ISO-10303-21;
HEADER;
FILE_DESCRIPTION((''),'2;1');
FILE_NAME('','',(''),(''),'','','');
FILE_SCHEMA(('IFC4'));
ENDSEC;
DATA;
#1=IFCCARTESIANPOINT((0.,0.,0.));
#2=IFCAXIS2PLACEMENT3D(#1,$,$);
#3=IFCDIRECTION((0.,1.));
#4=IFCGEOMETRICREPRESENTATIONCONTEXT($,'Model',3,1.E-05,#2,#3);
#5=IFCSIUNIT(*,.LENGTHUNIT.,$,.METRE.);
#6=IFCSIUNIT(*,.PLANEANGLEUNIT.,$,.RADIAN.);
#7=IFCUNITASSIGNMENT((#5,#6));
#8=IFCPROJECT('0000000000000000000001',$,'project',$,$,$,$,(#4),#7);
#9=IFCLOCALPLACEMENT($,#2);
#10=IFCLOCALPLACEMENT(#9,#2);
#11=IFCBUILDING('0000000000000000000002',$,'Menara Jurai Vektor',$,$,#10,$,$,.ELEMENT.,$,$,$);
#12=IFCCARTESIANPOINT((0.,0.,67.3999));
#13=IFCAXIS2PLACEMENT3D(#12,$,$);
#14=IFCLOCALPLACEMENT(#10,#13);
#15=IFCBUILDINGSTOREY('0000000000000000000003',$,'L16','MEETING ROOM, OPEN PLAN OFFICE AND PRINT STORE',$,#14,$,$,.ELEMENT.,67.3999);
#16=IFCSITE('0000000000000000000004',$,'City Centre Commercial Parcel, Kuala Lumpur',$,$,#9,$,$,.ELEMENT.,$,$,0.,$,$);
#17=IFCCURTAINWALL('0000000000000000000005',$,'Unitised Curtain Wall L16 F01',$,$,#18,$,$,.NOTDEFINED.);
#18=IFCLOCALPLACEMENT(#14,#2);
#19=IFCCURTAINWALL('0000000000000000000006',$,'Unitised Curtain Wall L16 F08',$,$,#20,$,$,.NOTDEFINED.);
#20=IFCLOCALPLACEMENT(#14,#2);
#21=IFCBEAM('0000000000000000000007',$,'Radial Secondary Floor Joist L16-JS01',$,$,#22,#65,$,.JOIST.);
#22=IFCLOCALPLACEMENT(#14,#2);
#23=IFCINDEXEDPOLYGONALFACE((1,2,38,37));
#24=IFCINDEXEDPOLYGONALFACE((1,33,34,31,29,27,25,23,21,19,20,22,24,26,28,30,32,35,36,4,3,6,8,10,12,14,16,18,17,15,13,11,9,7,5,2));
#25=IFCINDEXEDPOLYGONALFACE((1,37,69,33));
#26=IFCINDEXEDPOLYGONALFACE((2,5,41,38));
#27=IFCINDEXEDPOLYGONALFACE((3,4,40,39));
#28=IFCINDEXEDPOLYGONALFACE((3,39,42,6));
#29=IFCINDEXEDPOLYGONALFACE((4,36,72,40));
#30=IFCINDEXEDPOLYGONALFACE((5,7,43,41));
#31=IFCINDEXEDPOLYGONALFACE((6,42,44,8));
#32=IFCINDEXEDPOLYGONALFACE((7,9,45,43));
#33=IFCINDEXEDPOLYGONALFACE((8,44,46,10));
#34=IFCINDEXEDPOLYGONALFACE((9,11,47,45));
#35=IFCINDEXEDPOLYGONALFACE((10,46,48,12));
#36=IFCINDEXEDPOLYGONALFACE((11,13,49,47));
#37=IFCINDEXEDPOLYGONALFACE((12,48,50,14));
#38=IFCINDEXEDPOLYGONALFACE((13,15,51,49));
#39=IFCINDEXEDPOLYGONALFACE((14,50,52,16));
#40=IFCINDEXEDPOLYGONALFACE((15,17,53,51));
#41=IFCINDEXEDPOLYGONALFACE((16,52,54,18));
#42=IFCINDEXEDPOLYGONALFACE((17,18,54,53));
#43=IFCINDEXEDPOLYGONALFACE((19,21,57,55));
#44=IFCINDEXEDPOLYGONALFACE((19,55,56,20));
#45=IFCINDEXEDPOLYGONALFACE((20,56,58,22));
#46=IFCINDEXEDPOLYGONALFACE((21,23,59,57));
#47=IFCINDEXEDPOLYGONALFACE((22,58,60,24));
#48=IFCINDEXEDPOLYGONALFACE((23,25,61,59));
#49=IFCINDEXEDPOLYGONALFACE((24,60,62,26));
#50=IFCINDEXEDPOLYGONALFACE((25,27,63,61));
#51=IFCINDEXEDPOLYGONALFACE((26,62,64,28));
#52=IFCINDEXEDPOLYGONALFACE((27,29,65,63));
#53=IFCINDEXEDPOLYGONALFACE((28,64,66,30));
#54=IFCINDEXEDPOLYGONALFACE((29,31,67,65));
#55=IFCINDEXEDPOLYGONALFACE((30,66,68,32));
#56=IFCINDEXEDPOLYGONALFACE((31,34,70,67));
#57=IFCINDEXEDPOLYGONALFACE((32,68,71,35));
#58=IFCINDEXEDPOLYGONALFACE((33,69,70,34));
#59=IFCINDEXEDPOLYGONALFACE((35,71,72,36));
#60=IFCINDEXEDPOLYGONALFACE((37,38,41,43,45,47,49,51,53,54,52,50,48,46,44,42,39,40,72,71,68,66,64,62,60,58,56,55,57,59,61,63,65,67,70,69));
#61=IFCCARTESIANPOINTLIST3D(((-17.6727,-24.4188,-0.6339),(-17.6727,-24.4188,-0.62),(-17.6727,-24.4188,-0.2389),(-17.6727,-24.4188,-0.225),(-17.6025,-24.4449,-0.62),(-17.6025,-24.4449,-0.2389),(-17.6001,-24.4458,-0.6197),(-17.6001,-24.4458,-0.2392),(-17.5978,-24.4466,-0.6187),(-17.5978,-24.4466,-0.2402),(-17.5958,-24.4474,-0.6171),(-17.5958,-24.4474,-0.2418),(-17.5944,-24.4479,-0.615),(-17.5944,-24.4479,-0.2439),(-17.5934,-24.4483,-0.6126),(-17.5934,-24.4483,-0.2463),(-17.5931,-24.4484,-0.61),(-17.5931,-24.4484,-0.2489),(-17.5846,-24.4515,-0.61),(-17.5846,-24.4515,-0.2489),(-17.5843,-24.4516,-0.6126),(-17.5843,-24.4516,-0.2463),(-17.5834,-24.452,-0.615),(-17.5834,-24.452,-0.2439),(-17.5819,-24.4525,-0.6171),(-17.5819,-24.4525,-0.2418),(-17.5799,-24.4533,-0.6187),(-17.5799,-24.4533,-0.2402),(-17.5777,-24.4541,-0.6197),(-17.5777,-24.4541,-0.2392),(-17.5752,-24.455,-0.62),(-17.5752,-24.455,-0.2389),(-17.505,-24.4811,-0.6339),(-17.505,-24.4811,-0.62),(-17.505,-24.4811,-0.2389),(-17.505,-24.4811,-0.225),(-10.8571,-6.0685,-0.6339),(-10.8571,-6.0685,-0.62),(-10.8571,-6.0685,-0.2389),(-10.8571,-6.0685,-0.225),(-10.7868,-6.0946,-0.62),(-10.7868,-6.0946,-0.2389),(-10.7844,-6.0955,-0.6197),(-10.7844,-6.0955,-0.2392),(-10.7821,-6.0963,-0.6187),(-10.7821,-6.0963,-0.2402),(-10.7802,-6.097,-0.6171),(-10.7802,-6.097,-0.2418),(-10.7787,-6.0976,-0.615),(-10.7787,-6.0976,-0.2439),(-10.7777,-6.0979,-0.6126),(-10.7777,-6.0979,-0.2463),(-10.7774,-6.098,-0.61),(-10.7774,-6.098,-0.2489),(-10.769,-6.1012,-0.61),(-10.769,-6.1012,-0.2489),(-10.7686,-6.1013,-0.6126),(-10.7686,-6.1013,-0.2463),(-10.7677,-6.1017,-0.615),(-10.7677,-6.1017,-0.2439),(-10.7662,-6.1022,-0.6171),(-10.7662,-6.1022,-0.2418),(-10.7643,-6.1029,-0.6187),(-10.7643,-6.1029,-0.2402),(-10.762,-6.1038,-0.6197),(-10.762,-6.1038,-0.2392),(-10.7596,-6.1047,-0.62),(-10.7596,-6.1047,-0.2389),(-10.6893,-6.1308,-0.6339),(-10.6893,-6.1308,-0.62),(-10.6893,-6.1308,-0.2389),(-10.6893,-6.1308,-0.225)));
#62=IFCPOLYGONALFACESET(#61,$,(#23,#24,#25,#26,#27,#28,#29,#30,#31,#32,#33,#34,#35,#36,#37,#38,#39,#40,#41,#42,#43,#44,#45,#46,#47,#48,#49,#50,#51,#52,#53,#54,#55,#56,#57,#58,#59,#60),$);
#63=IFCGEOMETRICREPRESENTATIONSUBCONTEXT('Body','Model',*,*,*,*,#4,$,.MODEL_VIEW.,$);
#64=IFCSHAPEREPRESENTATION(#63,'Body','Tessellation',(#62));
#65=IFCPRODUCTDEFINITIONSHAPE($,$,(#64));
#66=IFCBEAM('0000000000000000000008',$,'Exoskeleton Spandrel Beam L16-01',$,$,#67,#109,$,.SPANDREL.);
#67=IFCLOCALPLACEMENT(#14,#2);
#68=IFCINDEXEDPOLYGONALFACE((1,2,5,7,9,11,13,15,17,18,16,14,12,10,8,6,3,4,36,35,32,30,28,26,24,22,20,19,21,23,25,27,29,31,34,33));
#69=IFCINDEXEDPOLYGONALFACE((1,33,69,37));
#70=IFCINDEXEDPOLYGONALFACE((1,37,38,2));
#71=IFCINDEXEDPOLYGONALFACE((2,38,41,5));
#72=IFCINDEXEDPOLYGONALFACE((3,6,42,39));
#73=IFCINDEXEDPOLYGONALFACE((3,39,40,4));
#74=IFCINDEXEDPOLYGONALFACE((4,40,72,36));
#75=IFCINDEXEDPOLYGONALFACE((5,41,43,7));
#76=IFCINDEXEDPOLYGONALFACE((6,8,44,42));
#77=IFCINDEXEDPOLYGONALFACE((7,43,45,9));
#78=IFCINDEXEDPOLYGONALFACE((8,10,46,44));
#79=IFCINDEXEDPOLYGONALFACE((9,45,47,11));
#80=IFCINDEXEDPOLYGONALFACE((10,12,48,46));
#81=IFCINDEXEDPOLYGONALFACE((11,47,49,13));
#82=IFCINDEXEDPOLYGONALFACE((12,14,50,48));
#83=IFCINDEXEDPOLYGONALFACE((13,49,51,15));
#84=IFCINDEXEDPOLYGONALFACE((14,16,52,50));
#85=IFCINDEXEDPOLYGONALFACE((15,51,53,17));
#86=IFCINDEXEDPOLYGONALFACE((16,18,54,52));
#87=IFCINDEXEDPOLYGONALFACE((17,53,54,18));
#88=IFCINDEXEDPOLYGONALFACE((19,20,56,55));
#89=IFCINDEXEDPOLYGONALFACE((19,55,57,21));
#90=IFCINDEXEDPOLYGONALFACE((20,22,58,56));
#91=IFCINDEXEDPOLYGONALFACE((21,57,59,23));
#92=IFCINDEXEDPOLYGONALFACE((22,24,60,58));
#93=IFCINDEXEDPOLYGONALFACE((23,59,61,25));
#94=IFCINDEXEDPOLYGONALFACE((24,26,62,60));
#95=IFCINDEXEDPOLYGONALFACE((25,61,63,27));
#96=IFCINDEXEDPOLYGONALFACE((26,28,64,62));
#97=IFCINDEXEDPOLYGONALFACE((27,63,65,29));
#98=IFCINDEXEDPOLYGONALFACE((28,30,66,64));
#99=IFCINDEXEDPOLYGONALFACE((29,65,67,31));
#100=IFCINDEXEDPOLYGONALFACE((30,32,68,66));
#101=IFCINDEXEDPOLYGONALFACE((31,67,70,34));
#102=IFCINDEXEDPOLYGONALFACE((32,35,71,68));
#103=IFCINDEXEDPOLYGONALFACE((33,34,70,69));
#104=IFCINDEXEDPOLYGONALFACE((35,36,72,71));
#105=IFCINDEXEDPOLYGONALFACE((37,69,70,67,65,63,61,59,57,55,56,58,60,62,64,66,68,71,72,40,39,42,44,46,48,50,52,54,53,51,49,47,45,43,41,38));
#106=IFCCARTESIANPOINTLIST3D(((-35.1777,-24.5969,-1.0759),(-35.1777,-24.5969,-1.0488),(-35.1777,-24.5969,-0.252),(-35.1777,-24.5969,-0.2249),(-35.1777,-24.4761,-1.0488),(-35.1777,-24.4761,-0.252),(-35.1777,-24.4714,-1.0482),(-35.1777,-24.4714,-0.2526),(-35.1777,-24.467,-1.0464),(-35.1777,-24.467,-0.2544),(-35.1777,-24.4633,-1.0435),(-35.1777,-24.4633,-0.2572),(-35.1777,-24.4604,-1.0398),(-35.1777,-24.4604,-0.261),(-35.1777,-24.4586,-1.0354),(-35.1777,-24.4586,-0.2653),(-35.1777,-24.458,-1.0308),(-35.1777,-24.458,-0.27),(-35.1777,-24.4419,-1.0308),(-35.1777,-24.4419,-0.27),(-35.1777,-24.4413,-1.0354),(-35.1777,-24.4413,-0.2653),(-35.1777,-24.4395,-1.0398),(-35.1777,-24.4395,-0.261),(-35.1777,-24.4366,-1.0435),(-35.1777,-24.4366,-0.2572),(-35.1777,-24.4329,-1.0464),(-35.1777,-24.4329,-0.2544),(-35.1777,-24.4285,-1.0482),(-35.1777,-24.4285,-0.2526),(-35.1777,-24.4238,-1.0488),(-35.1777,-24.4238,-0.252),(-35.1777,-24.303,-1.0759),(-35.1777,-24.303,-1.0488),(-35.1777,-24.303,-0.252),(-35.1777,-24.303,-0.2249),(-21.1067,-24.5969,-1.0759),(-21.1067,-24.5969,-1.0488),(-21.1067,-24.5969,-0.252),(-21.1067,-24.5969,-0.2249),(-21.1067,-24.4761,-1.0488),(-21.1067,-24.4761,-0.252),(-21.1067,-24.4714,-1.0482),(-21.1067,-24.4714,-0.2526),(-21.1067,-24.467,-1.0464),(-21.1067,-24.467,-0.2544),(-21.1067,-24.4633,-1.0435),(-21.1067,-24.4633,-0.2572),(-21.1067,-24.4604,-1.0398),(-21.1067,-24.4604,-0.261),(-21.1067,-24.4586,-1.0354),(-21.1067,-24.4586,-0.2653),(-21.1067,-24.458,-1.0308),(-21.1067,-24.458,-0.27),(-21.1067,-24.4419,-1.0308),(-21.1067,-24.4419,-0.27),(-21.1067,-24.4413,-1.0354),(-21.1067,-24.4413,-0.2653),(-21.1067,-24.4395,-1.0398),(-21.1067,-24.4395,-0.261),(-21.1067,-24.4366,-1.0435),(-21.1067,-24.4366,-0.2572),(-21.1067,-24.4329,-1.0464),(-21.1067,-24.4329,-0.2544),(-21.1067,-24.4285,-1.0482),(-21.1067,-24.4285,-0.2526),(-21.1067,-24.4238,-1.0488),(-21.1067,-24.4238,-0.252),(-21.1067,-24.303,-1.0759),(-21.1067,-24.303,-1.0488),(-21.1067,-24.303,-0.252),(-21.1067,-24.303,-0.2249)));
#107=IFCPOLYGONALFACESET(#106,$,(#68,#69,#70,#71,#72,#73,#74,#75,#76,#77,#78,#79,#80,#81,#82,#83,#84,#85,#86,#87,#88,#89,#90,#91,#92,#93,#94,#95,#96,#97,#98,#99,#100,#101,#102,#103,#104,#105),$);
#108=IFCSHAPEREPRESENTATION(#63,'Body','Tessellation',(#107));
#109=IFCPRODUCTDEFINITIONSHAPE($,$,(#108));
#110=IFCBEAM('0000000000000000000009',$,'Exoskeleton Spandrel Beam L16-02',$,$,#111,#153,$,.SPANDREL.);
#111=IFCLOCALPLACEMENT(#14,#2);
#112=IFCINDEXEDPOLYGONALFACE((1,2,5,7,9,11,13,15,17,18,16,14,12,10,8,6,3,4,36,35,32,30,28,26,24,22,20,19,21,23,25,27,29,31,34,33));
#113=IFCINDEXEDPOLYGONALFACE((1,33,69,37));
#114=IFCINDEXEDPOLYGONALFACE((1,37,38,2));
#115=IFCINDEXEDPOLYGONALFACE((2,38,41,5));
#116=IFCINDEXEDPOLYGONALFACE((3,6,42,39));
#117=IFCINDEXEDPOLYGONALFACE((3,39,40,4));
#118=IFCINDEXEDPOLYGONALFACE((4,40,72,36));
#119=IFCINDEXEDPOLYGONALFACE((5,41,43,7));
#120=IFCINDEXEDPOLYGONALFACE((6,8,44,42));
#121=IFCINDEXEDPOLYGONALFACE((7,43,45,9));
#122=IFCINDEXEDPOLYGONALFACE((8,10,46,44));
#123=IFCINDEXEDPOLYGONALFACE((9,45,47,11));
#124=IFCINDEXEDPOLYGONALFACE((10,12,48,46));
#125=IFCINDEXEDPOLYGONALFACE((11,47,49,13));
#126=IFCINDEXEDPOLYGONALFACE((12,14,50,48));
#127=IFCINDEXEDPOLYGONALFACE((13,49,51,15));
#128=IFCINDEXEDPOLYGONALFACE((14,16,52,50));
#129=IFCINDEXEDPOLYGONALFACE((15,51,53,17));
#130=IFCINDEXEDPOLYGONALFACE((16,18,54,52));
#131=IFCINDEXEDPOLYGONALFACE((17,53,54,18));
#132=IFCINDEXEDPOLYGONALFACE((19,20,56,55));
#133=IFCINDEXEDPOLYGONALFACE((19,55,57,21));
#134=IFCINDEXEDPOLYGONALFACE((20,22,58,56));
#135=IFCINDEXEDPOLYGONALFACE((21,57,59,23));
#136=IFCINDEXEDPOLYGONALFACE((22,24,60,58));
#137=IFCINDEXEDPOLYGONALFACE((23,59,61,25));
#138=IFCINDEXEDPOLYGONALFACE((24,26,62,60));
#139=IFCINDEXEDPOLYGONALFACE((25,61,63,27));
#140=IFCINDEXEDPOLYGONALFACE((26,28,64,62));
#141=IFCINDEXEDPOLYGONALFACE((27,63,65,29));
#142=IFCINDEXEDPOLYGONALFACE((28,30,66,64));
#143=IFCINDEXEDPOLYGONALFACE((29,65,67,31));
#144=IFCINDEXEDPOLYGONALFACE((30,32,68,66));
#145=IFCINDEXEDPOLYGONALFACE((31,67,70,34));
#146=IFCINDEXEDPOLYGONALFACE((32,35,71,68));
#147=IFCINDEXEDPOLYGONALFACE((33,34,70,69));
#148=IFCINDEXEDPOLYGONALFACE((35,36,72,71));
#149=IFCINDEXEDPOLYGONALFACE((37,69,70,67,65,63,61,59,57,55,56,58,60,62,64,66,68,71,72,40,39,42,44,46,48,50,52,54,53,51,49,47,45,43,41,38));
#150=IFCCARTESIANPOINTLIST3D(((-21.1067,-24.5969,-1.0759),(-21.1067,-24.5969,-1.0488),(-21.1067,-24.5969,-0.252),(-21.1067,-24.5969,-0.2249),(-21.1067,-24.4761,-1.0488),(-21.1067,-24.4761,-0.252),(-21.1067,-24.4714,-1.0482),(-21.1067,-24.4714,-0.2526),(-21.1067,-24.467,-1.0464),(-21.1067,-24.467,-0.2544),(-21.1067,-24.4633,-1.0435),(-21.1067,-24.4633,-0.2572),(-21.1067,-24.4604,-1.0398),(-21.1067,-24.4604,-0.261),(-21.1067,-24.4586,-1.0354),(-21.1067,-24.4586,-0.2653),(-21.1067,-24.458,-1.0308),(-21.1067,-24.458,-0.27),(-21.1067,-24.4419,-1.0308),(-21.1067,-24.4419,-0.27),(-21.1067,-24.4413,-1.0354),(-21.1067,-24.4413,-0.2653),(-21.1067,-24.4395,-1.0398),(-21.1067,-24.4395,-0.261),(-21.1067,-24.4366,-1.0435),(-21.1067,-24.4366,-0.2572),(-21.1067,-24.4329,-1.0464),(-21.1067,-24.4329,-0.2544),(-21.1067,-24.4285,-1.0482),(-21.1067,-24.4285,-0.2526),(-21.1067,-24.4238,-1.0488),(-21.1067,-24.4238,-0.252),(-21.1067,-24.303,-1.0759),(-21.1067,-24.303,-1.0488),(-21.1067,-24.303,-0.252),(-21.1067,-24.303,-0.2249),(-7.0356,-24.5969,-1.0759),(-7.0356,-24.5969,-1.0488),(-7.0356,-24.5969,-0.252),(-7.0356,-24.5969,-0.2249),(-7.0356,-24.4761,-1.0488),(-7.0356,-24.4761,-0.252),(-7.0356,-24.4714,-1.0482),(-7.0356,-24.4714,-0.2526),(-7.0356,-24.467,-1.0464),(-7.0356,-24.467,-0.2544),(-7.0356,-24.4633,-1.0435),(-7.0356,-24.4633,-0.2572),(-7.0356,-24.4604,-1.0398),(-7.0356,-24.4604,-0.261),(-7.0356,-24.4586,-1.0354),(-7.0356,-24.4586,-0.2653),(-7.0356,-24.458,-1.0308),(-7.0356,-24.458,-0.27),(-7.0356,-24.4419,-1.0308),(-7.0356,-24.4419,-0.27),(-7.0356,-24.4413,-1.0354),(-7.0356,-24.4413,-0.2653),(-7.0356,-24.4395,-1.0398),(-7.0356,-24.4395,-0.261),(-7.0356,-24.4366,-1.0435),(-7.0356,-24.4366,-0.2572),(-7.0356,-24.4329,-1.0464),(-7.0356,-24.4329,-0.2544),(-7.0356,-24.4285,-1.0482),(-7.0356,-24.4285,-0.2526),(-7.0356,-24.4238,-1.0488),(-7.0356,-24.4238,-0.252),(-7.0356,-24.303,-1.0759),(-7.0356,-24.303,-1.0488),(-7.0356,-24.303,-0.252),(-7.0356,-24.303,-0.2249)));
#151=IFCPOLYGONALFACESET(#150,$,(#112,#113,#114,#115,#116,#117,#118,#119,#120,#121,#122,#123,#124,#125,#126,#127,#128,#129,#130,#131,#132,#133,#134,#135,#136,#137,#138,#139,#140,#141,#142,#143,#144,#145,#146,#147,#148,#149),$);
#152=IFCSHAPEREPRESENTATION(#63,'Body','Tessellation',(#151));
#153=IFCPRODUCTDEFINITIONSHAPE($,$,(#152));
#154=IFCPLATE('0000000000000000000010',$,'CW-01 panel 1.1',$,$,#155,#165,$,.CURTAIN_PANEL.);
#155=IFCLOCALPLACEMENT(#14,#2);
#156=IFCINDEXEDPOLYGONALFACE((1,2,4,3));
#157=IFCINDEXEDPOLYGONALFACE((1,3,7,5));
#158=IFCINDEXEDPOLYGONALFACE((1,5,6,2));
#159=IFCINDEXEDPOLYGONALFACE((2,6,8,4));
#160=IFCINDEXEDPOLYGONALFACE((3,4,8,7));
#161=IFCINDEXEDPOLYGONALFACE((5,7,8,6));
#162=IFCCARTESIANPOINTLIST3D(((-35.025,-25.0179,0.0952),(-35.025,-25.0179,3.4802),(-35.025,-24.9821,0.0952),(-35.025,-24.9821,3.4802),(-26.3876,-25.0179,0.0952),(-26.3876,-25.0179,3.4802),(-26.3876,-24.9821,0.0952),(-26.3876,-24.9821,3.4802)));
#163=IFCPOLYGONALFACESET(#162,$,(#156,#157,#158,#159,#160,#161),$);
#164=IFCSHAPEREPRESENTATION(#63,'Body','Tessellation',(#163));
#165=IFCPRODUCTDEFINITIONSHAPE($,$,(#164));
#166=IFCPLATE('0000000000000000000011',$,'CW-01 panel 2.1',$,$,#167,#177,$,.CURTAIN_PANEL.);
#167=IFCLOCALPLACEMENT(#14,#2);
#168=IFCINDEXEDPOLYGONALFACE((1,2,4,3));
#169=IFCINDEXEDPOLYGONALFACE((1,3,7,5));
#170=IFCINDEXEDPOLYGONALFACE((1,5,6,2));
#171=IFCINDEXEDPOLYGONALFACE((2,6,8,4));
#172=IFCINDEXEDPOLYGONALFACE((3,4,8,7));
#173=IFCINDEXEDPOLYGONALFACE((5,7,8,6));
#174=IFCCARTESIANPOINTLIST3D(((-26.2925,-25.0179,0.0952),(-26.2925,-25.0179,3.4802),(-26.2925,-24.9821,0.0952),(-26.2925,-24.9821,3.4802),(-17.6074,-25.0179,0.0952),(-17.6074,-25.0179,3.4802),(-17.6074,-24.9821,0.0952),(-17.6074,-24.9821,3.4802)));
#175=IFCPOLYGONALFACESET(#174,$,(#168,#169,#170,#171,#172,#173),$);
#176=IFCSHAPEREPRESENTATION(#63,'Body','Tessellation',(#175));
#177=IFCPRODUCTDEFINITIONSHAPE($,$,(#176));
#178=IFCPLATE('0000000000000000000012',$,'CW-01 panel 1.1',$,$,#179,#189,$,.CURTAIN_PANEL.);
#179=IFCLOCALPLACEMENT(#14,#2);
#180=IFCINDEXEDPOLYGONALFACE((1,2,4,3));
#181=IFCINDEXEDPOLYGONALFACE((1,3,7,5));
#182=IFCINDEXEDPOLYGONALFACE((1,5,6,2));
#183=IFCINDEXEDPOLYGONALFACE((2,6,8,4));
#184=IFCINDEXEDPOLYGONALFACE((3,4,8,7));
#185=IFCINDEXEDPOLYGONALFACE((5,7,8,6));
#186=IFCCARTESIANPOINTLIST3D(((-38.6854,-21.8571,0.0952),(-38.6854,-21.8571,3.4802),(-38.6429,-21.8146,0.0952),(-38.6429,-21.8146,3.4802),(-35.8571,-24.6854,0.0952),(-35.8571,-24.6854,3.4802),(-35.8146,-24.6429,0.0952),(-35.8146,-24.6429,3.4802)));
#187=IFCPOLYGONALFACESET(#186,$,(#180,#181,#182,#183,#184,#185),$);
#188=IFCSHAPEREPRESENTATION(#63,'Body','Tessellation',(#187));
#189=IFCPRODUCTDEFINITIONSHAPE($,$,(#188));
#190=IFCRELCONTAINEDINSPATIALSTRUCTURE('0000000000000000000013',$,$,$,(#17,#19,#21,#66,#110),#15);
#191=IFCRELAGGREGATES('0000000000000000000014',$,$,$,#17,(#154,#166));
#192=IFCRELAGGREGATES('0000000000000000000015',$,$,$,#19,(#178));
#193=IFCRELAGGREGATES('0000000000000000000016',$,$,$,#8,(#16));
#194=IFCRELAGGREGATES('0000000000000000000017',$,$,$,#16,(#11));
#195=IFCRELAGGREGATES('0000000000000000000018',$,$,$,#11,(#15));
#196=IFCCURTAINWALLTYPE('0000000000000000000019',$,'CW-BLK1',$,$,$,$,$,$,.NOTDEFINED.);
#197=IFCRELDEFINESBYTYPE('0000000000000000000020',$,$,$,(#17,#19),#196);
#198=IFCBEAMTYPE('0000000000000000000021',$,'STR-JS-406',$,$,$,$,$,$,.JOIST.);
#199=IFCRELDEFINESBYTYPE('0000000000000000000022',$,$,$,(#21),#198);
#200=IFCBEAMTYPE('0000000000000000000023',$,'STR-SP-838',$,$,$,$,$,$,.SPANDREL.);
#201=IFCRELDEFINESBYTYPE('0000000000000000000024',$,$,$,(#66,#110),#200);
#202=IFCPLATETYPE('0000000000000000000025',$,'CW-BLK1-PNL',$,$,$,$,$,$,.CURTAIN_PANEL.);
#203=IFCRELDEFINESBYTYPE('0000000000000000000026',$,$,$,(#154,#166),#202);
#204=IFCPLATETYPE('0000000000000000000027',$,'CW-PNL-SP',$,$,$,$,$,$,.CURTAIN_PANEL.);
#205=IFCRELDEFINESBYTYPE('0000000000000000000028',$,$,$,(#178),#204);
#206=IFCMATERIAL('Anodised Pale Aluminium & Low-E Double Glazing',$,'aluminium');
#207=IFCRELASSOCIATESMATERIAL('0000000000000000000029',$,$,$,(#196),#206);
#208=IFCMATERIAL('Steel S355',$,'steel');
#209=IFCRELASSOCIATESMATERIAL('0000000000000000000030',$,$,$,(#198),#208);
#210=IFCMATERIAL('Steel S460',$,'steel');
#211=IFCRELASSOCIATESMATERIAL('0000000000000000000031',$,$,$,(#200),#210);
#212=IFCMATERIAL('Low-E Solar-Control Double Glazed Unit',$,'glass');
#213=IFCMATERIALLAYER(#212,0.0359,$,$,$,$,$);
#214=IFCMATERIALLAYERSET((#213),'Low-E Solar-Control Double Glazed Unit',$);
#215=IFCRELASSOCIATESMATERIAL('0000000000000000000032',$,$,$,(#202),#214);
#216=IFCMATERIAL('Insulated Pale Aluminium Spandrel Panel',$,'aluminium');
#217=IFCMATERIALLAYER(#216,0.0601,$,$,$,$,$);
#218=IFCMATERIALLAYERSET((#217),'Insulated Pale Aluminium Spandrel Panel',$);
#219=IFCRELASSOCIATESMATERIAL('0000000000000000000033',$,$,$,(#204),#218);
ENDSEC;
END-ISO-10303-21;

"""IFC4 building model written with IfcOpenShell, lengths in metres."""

from ifc_helpers import new_model, si_unit, direction, frame, origin, origin_2d, place, context, subcontext, project, spatial, rectangle, i_section, extrude, material, layer, layer_set, material_profile, profile_set, type_object, element, aggregate, save


model = new_model("IFC4")

# Units and contexts
model_context = context("Model", 3, precision=1e-05, world=origin(), true_north=direction((0.0, 1.0)))
body_context = subcontext(model_context, "Body", "Model", "MODEL_VIEW")
ifc_project = project(units=[si_unit("LENGTHUNIT", "METRE"), si_unit("PLANEANGLEUNIT", "RADIAN")], contexts=[model_context])

# Site, building, storey
site_placement = place(None, origin())
site = spatial("IfcSite", under=ifc_project, at=site_placement, Name="City Centre Commercial Parcel, Kuala Lumpur", CompositionType="ELEMENT", RefElevation=0.0)
building_placement = place(site_placement, origin())
building = spatial("IfcBuilding", under=site, at=building_placement, Name="Menara Jurai Vektor", CompositionType="ELEMENT")
storey_placement = place(building_placement, frame((0.0, 0.0, 67.3999)))
storey = spatial("IfcBuildingStorey", under=building, at=storey_placement, Name="L16", Description="MEETING ROOM, OPEN PLAN OFFICE AND PRINT STORE", CompositionType="ELEMENT", Elevation=67.3999)

# Shared definitions
ifc_material_1 = material(Name="Steel S460", Category="steel")

# Curtain wall
ifc_material_2 = material(Name="Anodised Pale Aluminium & Low-E Double Glazing", Category="aluminium")
curtain_wall_type = type_object("IfcCurtainWallType", Name="CW-BLK1", PredefinedType="NOTDEFINED", material=ifc_material_2)
curtain_wall_1_placement = place(storey_placement, origin())
curtain_wall_1 = element("IfcCurtainWall", 1, at=curtain_wall_1_placement, inside=storey, type_object=curtain_wall_type, Name="Unitised Curtain Wall L16 F01", PredefinedType="NOTDEFINED")

# Curtain wall
curtain_wall_2_placement = place(storey_placement, origin())
curtain_wall_2 = element("IfcCurtainWall", 2, at=curtain_wall_2_placement, inside=storey, type_object=curtain_wall_type, Name="Unitised Curtain Wall L16 F08", PredefinedType="NOTDEFINED")

# Beams
ifc_material_3 = material(Name="Steel S355", Category="steel")
ifc_material_profile_1 = material_profile(ifc_material_3, i_section(OverallWidth=0.179, OverallDepth=0.4089, WebThickness=0.009, FlangeThickness=0.0139, FilletRadius=0.01, at=origin_2d()), Name="UKB 406x178x67")
ifc_profile_set_1 = profile_set([ifc_material_profile_1], Name="Steel S355")
beam_type_1 = type_object("IfcBeamType", Name="STR-JS-406", PredefinedType="JOIST", material=ifc_profile_set_1)
beam_1_placement = place(storey_placement, frame((-17.5889, -24.45, -0.4294), z_axis=(0.348179, 0.937428, 0.0), x_axis=(-0.937428, 0.348179, 0.0)))
element("IfcBeam", 3, at=beam_1_placement, inside=storey, type_object=beam_type_1, Name="Radial Secondary Floor Joist L16-JS01", PredefinedType="JOIST", context=body_context, shape_type="SweptSolid", body=[
    extrude(i_section(OverallWidth=0.179, OverallDepth=0.4089, WebThickness=0.009, FlangeThickness=0.0139, FilletRadius=0.01, at=origin_2d()), origin(), (0.0, 0.0, 1.0), 19.5752),
])
ifc_material_profile_2 = material_profile(ifc_material_1, i_section(OverallWidth=0.2939, OverallDepth=0.8511, WebThickness=0.0161, FlangeThickness=0.0271, FilletRadius=0.0181, at=origin_2d()), Name="UKB 838x292x226")
ifc_profile_set_2 = profile_set([ifc_material_profile_2], Name="Steel S460")
beam_type_2 = type_object("IfcBeamType", Name="STR-SP-838", PredefinedType="SPANDREL", material=ifc_profile_set_2)
for number, where, z_axis, x_axis, name in (
    (4, (-35.1777, -24.45, -0.6504), (1.0, 0.0, 0.0), (0.0, 1.0, 0.0), "Exoskeleton Spandrel Beam L16-01"),
    (5, (-21.1067, -24.45, -0.6504), (1.0, 0.0, 0.0), (0.0, 1.0, 0.0), "Exoskeleton Spandrel Beam L16-02"),
):
    element("IfcBeam", number, at=place(storey_placement, frame(where, z_axis=z_axis, x_axis=x_axis)), inside=storey, type_object=beam_type_2, Name=name, PredefinedType="SPANDREL", context=body_context, shape_type="SweptSolid", body=[
        extrude(i_section(OverallWidth=0.2939, OverallDepth=0.8511, WebThickness=0.0161, FlangeThickness=0.0271, FilletRadius=0.0181, at=origin_2d()), origin(), (0.0, 0.0, 1.0), 14.071),
    ])

# Plates
ifc_material_4 = material(Name="Low-E Solar-Control Double Glazed Unit", Category="glass")
ifc_layer_1 = layer(ifc_material_4, 0.0359)
ifc_layer_set_1 = layer_set([ifc_layer_1], Name="Low-E Solar-Control Double Glazed Unit")
plate_type_1 = type_object("IfcPlateType", Name="CW-BLK1-PNL", PredefinedType="CURTAIN_PANEL", material=ifc_layer_set_1)
plate_1_placement = place(storey_placement, frame((-30.7063, -25.0, 0.0952), z_axis=(0.0, 0.0, 1.0), x_axis=(1.0, 0.0, 0.0)))
plate_1 = element("IfcPlate", 6, at=plate_1_placement, type_object=plate_type_1, Name="CW-01 panel 1.1", PredefinedType="CURTAIN_PANEL", context=body_context, shape_type="SweptSolid", body=[
    extrude(rectangle(XDim=8.6375, YDim=0.0359, at=origin_2d()), origin(), (0.0, 0.0, 1.0), 3.385),
])
plate_2_placement = place(storey_placement, frame((-21.95, -25.0, 0.0952), z_axis=(0.0, 0.0, 1.0), x_axis=(1.0, 0.0, 0.0)))
plate_2 = element("IfcPlate", 7, at=plate_2_placement, type_object=plate_type_1, Name="CW-01 panel 2.1", PredefinedType="CURTAIN_PANEL", context=body_context, shape_type="SweptSolid", body=[
    extrude(rectangle(XDim=8.6851, YDim=0.0359, at=origin_2d()), origin(), (0.0, 0.0, 1.0), 3.385),
])
aggregate(curtain_wall_1, [plate_1, plate_2])
ifc_material_5 = material(Name="Insulated Pale Aluminium Spandrel Panel", Category="aluminium")
ifc_layer_2 = layer(ifc_material_5, 0.0601)
ifc_layer_set_2 = layer_set([ifc_layer_2], Name="Insulated Pale Aluminium Spandrel Panel")
plate_type_2 = type_object("IfcPlateType", Name="CW-PNL-SP", PredefinedType="CURTAIN_PANEL", material=ifc_layer_set_2)
plate_3_placement = place(storey_placement, frame((-37.25, -23.25, 0.0952), z_axis=(0.0, 0.0, 1.0), x_axis=(0.707107, -0.707107, 0.0)))
plate_3 = element("IfcPlate", 8, at=plate_3_placement, type_object=plate_type_2, Name="CW-01 panel 1.1", PredefinedType="CURTAIN_PANEL", context=body_context, shape_type="SweptSolid", body=[
    extrude(rectangle(XDim=3.9998, YDim=0.0601, at=origin_2d()), origin(), (0.0, 0.0, 1.0), 3.385),
])
aggregate(curtain_wall_2, [plate_3])

save(model, "model.ifc")
